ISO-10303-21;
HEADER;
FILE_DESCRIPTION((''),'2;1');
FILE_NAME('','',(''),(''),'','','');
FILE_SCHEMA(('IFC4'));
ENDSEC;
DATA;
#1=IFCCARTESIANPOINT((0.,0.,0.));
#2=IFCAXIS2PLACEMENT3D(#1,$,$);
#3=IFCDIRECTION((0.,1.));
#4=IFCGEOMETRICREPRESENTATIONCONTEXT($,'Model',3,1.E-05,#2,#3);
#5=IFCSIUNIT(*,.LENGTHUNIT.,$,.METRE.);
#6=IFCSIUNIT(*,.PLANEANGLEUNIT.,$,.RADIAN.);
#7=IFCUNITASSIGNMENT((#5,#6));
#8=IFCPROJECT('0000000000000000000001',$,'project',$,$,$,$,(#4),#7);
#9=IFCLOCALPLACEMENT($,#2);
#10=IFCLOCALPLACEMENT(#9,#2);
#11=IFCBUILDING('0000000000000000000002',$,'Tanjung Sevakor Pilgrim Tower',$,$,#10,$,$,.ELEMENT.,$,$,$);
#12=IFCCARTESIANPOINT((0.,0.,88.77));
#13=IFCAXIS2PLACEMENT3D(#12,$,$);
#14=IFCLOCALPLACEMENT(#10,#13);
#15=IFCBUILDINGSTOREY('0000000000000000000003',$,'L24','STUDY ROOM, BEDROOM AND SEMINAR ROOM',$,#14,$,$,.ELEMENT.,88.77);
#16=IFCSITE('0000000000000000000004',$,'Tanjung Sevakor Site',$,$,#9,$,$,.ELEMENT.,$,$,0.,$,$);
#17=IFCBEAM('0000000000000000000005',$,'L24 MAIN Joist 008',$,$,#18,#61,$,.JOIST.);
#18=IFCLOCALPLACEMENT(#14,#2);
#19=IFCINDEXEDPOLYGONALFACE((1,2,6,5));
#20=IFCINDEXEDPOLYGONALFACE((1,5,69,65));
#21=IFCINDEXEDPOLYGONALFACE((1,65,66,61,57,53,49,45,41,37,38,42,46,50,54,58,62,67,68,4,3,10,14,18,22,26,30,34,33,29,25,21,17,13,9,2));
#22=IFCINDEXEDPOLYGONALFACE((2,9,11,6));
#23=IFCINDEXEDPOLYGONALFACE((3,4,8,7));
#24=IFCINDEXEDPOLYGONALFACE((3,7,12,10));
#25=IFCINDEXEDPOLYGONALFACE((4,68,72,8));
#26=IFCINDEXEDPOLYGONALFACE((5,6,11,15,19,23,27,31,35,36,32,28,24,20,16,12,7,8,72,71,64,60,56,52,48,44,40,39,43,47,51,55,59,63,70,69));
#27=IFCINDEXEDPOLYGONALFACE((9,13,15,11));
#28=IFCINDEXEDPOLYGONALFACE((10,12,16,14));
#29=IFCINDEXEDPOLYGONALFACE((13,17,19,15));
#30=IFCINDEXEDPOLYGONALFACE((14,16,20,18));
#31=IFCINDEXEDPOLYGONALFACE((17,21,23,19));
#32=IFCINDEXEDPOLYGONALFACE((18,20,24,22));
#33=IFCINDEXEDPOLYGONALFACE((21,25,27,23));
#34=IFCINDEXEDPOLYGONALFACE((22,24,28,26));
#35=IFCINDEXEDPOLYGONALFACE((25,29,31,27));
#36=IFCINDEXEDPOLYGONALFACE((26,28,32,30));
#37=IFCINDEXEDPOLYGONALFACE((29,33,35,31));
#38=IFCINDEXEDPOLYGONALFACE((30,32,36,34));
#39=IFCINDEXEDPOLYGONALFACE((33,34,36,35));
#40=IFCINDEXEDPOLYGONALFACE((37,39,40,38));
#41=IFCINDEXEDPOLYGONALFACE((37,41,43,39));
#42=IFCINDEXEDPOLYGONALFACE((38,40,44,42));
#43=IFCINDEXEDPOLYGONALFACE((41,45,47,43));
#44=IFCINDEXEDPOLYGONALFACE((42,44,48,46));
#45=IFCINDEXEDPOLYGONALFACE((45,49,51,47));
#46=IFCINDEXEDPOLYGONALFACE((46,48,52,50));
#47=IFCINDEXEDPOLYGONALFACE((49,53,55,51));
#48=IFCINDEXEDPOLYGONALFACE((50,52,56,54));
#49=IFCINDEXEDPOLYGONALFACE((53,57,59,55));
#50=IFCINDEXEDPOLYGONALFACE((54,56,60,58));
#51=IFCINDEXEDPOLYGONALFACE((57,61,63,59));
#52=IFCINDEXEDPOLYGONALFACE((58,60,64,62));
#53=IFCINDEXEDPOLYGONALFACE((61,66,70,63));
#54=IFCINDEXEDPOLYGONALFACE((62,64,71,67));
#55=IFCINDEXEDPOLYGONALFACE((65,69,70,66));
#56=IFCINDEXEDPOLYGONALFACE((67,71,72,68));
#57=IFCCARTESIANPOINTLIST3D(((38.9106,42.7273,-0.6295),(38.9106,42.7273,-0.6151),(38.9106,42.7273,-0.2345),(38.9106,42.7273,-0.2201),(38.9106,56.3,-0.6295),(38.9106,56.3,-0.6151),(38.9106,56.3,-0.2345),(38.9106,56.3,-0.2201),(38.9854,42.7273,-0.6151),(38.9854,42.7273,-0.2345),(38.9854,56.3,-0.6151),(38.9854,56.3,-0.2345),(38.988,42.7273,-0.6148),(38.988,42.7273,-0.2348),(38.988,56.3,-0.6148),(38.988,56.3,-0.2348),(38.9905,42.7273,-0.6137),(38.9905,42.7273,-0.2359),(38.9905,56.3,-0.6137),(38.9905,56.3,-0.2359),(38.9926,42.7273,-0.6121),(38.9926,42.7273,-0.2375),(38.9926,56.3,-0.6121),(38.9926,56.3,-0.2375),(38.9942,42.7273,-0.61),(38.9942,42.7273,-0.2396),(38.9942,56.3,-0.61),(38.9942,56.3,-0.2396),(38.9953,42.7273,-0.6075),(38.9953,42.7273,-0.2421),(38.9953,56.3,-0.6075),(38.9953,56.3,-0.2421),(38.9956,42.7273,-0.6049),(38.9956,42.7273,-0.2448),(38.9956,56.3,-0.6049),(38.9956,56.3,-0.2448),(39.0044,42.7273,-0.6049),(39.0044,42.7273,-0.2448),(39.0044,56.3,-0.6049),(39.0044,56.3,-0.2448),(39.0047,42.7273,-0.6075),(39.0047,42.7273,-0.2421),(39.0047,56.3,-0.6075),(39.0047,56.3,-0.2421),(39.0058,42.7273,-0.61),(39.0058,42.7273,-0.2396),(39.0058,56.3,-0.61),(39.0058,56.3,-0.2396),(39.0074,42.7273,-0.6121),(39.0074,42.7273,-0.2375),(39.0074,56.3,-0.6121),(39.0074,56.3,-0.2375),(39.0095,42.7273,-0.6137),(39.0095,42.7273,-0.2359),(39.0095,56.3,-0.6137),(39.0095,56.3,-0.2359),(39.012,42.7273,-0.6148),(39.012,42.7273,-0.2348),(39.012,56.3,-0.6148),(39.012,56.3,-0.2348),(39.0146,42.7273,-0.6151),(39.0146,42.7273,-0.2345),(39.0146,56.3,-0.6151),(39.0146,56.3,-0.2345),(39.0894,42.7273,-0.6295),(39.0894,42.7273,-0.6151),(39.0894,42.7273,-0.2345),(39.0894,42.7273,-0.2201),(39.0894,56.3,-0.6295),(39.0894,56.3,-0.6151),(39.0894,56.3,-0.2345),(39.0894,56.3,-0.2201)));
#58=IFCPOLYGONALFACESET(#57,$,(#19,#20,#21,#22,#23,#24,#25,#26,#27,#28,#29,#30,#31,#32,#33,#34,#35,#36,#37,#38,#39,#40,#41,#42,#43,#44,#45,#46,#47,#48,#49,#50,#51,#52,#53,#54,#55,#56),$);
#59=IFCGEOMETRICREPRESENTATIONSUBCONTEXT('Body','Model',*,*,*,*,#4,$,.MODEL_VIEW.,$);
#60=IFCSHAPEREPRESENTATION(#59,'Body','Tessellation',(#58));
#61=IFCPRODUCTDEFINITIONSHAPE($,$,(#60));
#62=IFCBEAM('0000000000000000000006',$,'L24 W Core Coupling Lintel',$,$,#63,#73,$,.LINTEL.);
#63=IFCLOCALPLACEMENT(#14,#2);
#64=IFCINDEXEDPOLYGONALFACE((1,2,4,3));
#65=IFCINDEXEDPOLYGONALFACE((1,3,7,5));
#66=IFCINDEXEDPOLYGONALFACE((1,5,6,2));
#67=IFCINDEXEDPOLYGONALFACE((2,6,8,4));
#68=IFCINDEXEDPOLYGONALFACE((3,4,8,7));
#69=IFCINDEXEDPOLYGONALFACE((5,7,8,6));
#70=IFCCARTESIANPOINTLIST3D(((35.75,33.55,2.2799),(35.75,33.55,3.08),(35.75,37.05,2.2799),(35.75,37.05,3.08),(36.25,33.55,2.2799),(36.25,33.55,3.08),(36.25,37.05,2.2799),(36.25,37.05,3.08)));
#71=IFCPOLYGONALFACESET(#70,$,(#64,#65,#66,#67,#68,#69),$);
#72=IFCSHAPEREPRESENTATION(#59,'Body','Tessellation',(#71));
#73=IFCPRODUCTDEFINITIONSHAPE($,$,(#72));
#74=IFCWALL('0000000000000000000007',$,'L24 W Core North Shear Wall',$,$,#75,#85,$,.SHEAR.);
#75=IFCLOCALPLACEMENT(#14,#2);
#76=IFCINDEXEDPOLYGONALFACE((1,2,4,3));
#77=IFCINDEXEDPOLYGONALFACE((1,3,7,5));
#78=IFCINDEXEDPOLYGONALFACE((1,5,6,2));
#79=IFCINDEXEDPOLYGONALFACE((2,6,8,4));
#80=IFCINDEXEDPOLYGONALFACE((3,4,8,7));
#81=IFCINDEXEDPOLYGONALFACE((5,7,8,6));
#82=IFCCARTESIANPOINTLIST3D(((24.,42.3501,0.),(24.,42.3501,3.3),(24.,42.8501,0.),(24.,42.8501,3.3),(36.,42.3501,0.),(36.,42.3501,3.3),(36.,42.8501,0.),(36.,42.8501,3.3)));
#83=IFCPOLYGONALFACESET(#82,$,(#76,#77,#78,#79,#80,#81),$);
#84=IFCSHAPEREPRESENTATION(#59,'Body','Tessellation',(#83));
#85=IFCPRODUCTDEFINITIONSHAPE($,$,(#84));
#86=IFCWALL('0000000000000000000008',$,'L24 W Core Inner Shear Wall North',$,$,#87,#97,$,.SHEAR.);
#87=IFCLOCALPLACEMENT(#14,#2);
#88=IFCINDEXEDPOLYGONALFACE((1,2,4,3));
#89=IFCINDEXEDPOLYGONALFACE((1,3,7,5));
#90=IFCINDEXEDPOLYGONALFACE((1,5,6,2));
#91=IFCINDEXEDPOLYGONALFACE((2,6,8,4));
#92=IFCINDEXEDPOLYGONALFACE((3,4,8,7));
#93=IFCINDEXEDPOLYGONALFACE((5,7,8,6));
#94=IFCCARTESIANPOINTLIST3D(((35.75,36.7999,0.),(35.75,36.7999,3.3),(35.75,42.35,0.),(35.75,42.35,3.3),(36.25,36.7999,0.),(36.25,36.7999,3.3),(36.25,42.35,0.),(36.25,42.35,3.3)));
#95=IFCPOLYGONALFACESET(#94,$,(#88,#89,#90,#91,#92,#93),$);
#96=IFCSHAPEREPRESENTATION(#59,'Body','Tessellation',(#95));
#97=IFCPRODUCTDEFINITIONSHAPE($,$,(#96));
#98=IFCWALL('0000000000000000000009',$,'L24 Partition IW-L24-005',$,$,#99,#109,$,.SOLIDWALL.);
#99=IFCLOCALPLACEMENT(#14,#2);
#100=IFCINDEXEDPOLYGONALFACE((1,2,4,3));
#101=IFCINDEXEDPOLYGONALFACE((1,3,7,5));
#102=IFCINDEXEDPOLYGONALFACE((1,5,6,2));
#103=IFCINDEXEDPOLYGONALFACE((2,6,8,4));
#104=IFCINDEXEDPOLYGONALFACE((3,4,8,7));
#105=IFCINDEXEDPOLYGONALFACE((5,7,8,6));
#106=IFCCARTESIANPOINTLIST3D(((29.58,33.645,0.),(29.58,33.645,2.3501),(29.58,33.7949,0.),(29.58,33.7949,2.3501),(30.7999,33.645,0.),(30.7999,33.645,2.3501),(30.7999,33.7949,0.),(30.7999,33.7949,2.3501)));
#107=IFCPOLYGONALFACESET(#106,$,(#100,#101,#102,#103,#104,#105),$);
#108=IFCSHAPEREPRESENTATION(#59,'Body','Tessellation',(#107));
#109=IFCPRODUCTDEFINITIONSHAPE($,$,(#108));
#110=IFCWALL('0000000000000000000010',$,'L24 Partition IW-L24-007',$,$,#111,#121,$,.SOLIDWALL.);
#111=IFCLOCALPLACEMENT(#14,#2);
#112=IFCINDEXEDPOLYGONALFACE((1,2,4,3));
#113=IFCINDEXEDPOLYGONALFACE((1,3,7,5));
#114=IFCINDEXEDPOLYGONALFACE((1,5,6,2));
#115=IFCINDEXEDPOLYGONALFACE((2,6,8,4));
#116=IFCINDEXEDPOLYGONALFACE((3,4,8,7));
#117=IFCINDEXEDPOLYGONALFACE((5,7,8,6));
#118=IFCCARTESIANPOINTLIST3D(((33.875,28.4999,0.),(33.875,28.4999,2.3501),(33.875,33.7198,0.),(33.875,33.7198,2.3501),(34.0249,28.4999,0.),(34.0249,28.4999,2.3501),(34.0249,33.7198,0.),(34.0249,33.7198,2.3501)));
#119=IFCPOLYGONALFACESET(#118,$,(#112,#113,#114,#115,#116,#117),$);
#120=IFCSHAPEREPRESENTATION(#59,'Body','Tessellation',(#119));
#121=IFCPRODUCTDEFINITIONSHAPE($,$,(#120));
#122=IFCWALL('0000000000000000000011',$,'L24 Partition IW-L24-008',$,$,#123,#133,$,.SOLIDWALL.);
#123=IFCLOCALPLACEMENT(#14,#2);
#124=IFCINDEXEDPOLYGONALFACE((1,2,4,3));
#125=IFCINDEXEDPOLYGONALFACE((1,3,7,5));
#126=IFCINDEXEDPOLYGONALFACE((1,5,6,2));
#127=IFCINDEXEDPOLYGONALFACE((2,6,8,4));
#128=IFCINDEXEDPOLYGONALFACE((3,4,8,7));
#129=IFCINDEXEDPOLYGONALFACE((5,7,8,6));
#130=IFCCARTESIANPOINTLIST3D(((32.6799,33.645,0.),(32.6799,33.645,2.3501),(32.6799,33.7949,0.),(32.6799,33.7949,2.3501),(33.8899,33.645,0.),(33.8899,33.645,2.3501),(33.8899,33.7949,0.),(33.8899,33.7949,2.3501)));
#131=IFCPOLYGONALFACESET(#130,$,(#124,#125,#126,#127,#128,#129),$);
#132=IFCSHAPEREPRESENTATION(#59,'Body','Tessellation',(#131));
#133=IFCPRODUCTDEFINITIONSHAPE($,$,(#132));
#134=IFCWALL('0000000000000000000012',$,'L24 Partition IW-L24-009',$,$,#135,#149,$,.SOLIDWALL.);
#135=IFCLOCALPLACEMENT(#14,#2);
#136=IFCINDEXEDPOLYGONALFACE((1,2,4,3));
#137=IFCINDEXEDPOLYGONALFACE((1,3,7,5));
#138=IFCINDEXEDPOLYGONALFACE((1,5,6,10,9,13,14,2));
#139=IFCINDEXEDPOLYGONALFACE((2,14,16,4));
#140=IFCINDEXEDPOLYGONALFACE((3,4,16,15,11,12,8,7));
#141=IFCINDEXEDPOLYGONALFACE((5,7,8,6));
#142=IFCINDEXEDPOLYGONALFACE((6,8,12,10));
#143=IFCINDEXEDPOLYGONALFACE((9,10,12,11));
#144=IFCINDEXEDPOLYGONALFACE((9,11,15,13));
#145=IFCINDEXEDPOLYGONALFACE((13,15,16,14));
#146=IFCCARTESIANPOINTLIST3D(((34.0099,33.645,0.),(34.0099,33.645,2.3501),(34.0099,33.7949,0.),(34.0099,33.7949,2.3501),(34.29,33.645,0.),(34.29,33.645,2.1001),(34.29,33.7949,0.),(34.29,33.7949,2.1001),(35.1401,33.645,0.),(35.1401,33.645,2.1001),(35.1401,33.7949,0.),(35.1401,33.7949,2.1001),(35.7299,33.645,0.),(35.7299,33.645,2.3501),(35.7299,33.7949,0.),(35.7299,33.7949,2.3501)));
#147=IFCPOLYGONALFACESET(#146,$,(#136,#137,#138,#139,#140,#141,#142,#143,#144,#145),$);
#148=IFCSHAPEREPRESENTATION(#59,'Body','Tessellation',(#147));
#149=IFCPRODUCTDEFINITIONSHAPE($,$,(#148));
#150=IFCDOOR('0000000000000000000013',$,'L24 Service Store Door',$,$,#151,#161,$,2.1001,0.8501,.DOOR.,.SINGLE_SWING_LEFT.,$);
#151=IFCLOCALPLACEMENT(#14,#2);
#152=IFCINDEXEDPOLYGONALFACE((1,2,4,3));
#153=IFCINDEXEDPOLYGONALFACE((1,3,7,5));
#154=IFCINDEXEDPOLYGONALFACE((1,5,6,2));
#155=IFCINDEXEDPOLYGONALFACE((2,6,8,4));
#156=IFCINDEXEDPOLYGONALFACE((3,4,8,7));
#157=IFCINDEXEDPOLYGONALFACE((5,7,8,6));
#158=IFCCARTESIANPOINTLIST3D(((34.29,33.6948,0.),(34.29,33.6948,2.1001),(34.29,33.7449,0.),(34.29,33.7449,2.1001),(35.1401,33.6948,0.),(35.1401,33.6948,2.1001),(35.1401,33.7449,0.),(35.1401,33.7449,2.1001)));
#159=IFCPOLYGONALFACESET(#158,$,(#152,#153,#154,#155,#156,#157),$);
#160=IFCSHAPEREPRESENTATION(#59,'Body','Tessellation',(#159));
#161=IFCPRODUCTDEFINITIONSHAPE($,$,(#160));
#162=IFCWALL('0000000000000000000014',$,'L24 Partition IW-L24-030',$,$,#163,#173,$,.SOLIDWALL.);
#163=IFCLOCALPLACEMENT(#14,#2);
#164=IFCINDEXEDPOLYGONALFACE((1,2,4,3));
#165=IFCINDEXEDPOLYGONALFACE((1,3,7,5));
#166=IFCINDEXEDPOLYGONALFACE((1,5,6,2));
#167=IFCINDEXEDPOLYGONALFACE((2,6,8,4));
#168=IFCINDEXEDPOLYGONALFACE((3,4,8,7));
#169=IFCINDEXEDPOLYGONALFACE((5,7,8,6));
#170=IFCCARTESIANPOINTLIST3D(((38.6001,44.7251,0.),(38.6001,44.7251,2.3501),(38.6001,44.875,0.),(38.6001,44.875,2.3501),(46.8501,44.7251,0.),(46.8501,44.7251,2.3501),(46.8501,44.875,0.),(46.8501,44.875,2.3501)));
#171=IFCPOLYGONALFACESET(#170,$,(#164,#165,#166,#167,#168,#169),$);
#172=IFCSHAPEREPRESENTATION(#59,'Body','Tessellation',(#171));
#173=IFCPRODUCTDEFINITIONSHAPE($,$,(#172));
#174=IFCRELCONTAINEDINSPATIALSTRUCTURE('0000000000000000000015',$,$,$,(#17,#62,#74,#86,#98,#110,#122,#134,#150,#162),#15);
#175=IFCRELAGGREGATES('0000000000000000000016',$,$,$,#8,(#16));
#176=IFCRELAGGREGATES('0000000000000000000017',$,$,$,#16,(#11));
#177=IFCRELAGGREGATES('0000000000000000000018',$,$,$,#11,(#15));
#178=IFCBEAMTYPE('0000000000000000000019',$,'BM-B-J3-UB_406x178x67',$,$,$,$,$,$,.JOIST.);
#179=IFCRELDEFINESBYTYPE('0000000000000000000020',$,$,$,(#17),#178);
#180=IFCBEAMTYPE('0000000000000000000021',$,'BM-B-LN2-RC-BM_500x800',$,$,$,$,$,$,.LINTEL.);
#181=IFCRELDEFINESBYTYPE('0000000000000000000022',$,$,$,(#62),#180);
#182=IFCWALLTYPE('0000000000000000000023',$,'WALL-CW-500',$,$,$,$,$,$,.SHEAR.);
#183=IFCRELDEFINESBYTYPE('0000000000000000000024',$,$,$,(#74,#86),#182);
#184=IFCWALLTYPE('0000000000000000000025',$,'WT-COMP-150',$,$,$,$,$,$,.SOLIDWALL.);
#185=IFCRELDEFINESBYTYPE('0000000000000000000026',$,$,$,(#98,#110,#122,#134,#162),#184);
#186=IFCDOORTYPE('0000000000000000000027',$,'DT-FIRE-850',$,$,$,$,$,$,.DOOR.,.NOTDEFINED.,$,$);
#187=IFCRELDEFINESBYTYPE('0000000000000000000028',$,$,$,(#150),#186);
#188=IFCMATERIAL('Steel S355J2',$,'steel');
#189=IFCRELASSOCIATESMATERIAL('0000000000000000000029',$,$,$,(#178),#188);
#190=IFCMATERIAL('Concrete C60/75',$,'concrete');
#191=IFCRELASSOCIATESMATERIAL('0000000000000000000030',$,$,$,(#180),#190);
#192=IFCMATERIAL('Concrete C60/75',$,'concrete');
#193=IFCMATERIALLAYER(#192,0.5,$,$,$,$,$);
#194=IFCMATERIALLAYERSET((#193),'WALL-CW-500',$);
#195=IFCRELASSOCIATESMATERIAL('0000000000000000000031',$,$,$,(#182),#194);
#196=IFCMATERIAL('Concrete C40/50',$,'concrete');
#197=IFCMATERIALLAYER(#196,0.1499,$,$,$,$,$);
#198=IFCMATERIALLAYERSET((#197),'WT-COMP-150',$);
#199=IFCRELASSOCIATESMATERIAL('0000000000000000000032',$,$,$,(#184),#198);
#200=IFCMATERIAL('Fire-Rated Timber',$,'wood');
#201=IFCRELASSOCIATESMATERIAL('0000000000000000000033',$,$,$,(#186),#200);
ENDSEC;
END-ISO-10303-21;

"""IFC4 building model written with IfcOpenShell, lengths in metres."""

from ifc_helpers import new_model, si_unit, direction, frame, frame_2d, origin, origin_2d, place, context, subcontext, project, spatial, rectangle, i_section, extrude, material, layer, layer_set, material_profile, profile_set, type_object, element, fill, save


model = new_model("IFC4")

# Units and contexts
model_context = context("Model", 3, precision=1e-05, world=origin(), true_north=direction((0.0, 1.0)))
body_context = subcontext(model_context, "Body", "Model", "MODEL_VIEW")
ifc_project = project(units=[si_unit("LENGTHUNIT", "METRE"), si_unit("PLANEANGLEUNIT", "RADIAN")], contexts=[model_context])

# Site, building, storey
site_placement = place(None, origin())
site = spatial("IfcSite", under=ifc_project, at=site_placement, Name="Tanjung Sevakor Site", CompositionType="ELEMENT", RefElevation=0.0)
building_placement = place(site_placement, origin())
building = spatial("IfcBuilding", under=site, at=building_placement, Name="Tanjung Sevakor Pilgrim Tower", CompositionType="ELEMENT")
storey_placement = place(building_placement, frame((0.0, 0.0, 88.77)))
storey = spatial("IfcBuildingStorey", under=building, at=storey_placement, Name="L24", Description="STUDY ROOM, BEDROOM AND SEMINAR ROOM", CompositionType="ELEMENT", Elevation=88.77)

# Beams
ifc_material_1 = material(Name="Steel S355J2", Category="steel")
ifc_material_profile_1 = material_profile(ifc_material_1, i_section(OverallWidth=0.1787, OverallDepth=0.4094, WebThickness=0.0088, FlangeThickness=0.0144, FilletRadius=0.0103, at=origin_2d()))
ifc_profile_set_1 = profile_set([ifc_material_profile_1], Name="Steel S355J2")
beam_type_1 = type_object("IfcBeamType", Name="BM-B-J3-UB_406x178x67", PredefinedType="JOIST", material=ifc_profile_set_1)
beam_1_placement = place(storey_placement, frame((39.0, 42.7273, -0.4248), z_axis=(0.0, 1.0, 0.0), x_axis=(-1.0, 0.0, 0.0)))
element("IfcBeam", 1, at=beam_1_placement, inside=storey, type_object=beam_type_1, Name="L24 MAIN Joist 008", PredefinedType="JOIST", context=body_context, shape_type="SweptSolid", body=[
    extrude(i_section(OverallWidth=0.1787, OverallDepth=0.4094, WebThickness=0.0088, FlangeThickness=0.0144, FilletRadius=0.0103, at=origin_2d()), origin(), (0.0, 0.0, 1.0), 13.5728),
])
ifc_material_2 = material(Name="Concrete C60/75", Category="concrete")
ifc_material_profile_2 = material_profile(ifc_material_2, rectangle(XDim=0.5, YDim=0.8, at=origin_2d()))
ifc_profile_set_2 = profile_set([ifc_material_profile_2], Name="Concrete C60/75")
beam_type_2 = type_object("IfcBeamType", Name="BM-B-LN2-RC-BM_500x800", PredefinedType="LINTEL", material=ifc_profile_set_2)
beam_2_placement = place(storey_placement, frame((36.0, 33.55, 2.6799), z_axis=(0.0, 1.0, 0.0), x_axis=(-1.0, 0.0, 0.0)))
element("IfcBeam", 2, at=beam_2_placement, inside=storey, type_object=beam_type_2, Name="L24 W Core Coupling Lintel", PredefinedType="LINTEL", context=body_context, shape_type="SweptSolid", body=[
    extrude(rectangle(XDim=0.5, YDim=0.8, at=origin_2d()), origin(), (0.0, 0.0, 1.0), 3.5),
])

# Walls
ifc_material_3 = material(Name="Concrete C60/75", Category="concrete")
ifc_layer_1 = layer(ifc_material_3, 0.5)
ifc_layer_set_1 = layer_set([ifc_layer_1], Name="WALL-CW-500")
wall_type_1 = type_object("IfcWallType", Name="WALL-CW-500", PredefinedType="SHEAR", material=ifc_layer_set_1)
wall_1_placement = place(storey_placement, frame((36.0, 42.6001, 0.0), z_axis=(0.0, 0.0, 1.0), x_axis=(-1.0, 0.0, 0.0)))
element("IfcWall", 3, at=wall_1_placement, inside=storey, type_object=wall_type_1, Name="L24 W Core North Shear Wall", PredefinedType="SHEAR", context=body_context, shape_type="SweptSolid", body=[
    extrude(rectangle(XDim=12.0, YDim=0.5, at=frame_2d((6.0, 0.0))), origin(), (0.0, 0.0, 1.0), 3.3),
])
wall_2_placement = place(storey_placement, frame((36.0, 36.8, 0.0), z_axis=(0.0, 0.0, 1.0), x_axis=(0.0, 1.0, 0.0)))
element("IfcWall", 4, at=wall_2_placement, inside=storey, type_object=wall_type_1, Name="L24 W Core Inner Shear Wall North", PredefinedType="SHEAR", context=body_context, shape_type="SweptSolid", body=[
    extrude(rectangle(XDim=5.55, YDim=0.5, at=frame_2d((2.7749, 0.0))), origin(), (0.0, 0.0, 1.0), 3.3),
])
ifc_material_4 = material(Name="Concrete C40/50", Category="concrete")
ifc_layer_2 = layer(ifc_material_4, 0.1499)
ifc_layer_set_2 = layer_set([ifc_layer_2], Name="WT-COMP-150")
wall_type_2 = type_object("IfcWallType", Name="WT-COMP-150", PredefinedType="SOLIDWALL", material=ifc_layer_set_2)
wall_3_placement = place(storey_placement, frame((29.5801, 33.72, 0.0), z_axis=(0.0, 0.0, 1.0), x_axis=(1.0, 0.0, 0.0)))
element("IfcWall", 5, at=wall_3_placement, inside=storey, type_object=wall_type_2, Name="L24 Partition IW-L24-005", PredefinedType="SOLIDWALL", context=body_context, shape_type="SweptSolid", body=[
    extrude(rectangle(XDim=1.22, YDim=0.1499, at=frame_2d((0.6099, 0.0))), origin(), (0.0, 0.0, 1.0), 2.3501),
])

# Walls
wall_4_placement = place(storey_placement, frame((33.95, 28.5, 0.0), z_axis=(0.0, 0.0, 1.0), x_axis=(0.0, 1.0, 0.0)))
element("IfcWall", 6, at=wall_4_placement, inside=storey, type_object=wall_type_2, Name="L24 Partition IW-L24-007", PredefinedType="SOLIDWALL", context=body_context, shape_type="SweptSolid", body=[
    extrude(rectangle(XDim=5.22, YDim=0.1499, at=frame_2d((2.6099, 0.0))), origin(), (0.0, 0.0, 1.0), 2.3501),
])
wall_5_placement = place(storey_placement, frame((32.6799, 33.72, 0.0), z_axis=(0.0, 0.0, 1.0), x_axis=(1.0, 0.0, 0.0)))
element("IfcWall", 7, at=wall_5_placement, inside=storey, type_object=wall_type_2, Name="L24 Partition IW-L24-008", PredefinedType="SOLIDWALL", context=body_context, shape_type="SweptSolid", body=[
    extrude(rectangle(XDim=1.21, YDim=0.1499, at=frame_2d((0.605, 0.0))), origin(), (0.0, 0.0, 1.0), 2.3501),
])

# Wall, opening, door
wall_6_placement = place(storey_placement, frame((34.01, 33.72, 0.0), z_axis=(0.0, 0.0, 1.0), x_axis=(1.0, 0.0, 0.0)))
wall_6 = element("IfcWall", 8, at=wall_6_placement, inside=storey, type_object=wall_type_2, Name="L24 Partition IW-L24-009", PredefinedType="SOLIDWALL", context=body_context, shape_type="SweptSolid", body=[
    extrude(rectangle(XDim=1.72, YDim=0.1499, at=frame_2d((0.8599, 0.0))), origin(), (0.0, 0.0, 1.0), 2.3501),
])
opening_1_placement = place(wall_6_placement, frame((0.28, 0.0, 0.0)))
opening_1 = element("IfcOpeningElement", 9, at=opening_1_placement, cuts=wall_6, PredefinedType="OPENING", context=body_context, shape_type="SweptSolid", body=[
    extrude(rectangle(XDim=0.8501, YDim=2.1001, at=frame_2d((0.425, 1.05))), frame((0.0, 0.085, 0.0), z_axis=(0.0, -1.0, 0.0), x_axis=(1.0, 0.0, 0.0)), (0.0, 0.0, 1.0), 0.1699),
])
ifc_material_5 = material(Name="Fire-Rated Timber", Category="wood")
door_type_1 = type_object("IfcDoorType", Name="DT-FIRE-850", OperationType="NOTDEFINED", PredefinedType="DOOR", material=ifc_material_5)
door_1_placement = place(opening_1_placement, origin())
door_1 = element("IfcDoor", 10, at=door_1_placement, inside=storey, type_object=door_type_1, Name="L24 Service Store Door", OperationType="SINGLE_SWING_LEFT", OverallHeight=2.1001, OverallWidth=0.8501, PredefinedType="DOOR", context=body_context, shape_type="SweptSolid", body=[
    extrude(rectangle(XDim=0.8501, YDim=2.1001, at=frame_2d((0.425, 1.05))), frame((0.0, 0.0249, 0.0), z_axis=(0.0, -1.0, 0.0), x_axis=(1.0, 0.0, 0.0)), (0.0, 0.0, 1.0), 0.05),
])
fill(opening_1, door_1)

# Wall
wall_7_placement = place(storey_placement, frame((38.6001, 44.8, 0.0), z_axis=(0.0, 0.0, 1.0), x_axis=(1.0, 0.0, 0.0)))
element("IfcWall", 11, at=wall_7_placement, inside=storey, type_object=wall_type_2, Name="L24 Partition IW-L24-030", PredefinedType="SOLIDWALL", context=body_context, shape_type="SweptSolid", body=[
    extrude(rectangle(XDim=8.25, YDim=0.1499, at=frame_2d((4.125, 0.0))), origin(), (0.0, 0.0, 1.0), 2.3501),
])

save(model, "model.ifc")
